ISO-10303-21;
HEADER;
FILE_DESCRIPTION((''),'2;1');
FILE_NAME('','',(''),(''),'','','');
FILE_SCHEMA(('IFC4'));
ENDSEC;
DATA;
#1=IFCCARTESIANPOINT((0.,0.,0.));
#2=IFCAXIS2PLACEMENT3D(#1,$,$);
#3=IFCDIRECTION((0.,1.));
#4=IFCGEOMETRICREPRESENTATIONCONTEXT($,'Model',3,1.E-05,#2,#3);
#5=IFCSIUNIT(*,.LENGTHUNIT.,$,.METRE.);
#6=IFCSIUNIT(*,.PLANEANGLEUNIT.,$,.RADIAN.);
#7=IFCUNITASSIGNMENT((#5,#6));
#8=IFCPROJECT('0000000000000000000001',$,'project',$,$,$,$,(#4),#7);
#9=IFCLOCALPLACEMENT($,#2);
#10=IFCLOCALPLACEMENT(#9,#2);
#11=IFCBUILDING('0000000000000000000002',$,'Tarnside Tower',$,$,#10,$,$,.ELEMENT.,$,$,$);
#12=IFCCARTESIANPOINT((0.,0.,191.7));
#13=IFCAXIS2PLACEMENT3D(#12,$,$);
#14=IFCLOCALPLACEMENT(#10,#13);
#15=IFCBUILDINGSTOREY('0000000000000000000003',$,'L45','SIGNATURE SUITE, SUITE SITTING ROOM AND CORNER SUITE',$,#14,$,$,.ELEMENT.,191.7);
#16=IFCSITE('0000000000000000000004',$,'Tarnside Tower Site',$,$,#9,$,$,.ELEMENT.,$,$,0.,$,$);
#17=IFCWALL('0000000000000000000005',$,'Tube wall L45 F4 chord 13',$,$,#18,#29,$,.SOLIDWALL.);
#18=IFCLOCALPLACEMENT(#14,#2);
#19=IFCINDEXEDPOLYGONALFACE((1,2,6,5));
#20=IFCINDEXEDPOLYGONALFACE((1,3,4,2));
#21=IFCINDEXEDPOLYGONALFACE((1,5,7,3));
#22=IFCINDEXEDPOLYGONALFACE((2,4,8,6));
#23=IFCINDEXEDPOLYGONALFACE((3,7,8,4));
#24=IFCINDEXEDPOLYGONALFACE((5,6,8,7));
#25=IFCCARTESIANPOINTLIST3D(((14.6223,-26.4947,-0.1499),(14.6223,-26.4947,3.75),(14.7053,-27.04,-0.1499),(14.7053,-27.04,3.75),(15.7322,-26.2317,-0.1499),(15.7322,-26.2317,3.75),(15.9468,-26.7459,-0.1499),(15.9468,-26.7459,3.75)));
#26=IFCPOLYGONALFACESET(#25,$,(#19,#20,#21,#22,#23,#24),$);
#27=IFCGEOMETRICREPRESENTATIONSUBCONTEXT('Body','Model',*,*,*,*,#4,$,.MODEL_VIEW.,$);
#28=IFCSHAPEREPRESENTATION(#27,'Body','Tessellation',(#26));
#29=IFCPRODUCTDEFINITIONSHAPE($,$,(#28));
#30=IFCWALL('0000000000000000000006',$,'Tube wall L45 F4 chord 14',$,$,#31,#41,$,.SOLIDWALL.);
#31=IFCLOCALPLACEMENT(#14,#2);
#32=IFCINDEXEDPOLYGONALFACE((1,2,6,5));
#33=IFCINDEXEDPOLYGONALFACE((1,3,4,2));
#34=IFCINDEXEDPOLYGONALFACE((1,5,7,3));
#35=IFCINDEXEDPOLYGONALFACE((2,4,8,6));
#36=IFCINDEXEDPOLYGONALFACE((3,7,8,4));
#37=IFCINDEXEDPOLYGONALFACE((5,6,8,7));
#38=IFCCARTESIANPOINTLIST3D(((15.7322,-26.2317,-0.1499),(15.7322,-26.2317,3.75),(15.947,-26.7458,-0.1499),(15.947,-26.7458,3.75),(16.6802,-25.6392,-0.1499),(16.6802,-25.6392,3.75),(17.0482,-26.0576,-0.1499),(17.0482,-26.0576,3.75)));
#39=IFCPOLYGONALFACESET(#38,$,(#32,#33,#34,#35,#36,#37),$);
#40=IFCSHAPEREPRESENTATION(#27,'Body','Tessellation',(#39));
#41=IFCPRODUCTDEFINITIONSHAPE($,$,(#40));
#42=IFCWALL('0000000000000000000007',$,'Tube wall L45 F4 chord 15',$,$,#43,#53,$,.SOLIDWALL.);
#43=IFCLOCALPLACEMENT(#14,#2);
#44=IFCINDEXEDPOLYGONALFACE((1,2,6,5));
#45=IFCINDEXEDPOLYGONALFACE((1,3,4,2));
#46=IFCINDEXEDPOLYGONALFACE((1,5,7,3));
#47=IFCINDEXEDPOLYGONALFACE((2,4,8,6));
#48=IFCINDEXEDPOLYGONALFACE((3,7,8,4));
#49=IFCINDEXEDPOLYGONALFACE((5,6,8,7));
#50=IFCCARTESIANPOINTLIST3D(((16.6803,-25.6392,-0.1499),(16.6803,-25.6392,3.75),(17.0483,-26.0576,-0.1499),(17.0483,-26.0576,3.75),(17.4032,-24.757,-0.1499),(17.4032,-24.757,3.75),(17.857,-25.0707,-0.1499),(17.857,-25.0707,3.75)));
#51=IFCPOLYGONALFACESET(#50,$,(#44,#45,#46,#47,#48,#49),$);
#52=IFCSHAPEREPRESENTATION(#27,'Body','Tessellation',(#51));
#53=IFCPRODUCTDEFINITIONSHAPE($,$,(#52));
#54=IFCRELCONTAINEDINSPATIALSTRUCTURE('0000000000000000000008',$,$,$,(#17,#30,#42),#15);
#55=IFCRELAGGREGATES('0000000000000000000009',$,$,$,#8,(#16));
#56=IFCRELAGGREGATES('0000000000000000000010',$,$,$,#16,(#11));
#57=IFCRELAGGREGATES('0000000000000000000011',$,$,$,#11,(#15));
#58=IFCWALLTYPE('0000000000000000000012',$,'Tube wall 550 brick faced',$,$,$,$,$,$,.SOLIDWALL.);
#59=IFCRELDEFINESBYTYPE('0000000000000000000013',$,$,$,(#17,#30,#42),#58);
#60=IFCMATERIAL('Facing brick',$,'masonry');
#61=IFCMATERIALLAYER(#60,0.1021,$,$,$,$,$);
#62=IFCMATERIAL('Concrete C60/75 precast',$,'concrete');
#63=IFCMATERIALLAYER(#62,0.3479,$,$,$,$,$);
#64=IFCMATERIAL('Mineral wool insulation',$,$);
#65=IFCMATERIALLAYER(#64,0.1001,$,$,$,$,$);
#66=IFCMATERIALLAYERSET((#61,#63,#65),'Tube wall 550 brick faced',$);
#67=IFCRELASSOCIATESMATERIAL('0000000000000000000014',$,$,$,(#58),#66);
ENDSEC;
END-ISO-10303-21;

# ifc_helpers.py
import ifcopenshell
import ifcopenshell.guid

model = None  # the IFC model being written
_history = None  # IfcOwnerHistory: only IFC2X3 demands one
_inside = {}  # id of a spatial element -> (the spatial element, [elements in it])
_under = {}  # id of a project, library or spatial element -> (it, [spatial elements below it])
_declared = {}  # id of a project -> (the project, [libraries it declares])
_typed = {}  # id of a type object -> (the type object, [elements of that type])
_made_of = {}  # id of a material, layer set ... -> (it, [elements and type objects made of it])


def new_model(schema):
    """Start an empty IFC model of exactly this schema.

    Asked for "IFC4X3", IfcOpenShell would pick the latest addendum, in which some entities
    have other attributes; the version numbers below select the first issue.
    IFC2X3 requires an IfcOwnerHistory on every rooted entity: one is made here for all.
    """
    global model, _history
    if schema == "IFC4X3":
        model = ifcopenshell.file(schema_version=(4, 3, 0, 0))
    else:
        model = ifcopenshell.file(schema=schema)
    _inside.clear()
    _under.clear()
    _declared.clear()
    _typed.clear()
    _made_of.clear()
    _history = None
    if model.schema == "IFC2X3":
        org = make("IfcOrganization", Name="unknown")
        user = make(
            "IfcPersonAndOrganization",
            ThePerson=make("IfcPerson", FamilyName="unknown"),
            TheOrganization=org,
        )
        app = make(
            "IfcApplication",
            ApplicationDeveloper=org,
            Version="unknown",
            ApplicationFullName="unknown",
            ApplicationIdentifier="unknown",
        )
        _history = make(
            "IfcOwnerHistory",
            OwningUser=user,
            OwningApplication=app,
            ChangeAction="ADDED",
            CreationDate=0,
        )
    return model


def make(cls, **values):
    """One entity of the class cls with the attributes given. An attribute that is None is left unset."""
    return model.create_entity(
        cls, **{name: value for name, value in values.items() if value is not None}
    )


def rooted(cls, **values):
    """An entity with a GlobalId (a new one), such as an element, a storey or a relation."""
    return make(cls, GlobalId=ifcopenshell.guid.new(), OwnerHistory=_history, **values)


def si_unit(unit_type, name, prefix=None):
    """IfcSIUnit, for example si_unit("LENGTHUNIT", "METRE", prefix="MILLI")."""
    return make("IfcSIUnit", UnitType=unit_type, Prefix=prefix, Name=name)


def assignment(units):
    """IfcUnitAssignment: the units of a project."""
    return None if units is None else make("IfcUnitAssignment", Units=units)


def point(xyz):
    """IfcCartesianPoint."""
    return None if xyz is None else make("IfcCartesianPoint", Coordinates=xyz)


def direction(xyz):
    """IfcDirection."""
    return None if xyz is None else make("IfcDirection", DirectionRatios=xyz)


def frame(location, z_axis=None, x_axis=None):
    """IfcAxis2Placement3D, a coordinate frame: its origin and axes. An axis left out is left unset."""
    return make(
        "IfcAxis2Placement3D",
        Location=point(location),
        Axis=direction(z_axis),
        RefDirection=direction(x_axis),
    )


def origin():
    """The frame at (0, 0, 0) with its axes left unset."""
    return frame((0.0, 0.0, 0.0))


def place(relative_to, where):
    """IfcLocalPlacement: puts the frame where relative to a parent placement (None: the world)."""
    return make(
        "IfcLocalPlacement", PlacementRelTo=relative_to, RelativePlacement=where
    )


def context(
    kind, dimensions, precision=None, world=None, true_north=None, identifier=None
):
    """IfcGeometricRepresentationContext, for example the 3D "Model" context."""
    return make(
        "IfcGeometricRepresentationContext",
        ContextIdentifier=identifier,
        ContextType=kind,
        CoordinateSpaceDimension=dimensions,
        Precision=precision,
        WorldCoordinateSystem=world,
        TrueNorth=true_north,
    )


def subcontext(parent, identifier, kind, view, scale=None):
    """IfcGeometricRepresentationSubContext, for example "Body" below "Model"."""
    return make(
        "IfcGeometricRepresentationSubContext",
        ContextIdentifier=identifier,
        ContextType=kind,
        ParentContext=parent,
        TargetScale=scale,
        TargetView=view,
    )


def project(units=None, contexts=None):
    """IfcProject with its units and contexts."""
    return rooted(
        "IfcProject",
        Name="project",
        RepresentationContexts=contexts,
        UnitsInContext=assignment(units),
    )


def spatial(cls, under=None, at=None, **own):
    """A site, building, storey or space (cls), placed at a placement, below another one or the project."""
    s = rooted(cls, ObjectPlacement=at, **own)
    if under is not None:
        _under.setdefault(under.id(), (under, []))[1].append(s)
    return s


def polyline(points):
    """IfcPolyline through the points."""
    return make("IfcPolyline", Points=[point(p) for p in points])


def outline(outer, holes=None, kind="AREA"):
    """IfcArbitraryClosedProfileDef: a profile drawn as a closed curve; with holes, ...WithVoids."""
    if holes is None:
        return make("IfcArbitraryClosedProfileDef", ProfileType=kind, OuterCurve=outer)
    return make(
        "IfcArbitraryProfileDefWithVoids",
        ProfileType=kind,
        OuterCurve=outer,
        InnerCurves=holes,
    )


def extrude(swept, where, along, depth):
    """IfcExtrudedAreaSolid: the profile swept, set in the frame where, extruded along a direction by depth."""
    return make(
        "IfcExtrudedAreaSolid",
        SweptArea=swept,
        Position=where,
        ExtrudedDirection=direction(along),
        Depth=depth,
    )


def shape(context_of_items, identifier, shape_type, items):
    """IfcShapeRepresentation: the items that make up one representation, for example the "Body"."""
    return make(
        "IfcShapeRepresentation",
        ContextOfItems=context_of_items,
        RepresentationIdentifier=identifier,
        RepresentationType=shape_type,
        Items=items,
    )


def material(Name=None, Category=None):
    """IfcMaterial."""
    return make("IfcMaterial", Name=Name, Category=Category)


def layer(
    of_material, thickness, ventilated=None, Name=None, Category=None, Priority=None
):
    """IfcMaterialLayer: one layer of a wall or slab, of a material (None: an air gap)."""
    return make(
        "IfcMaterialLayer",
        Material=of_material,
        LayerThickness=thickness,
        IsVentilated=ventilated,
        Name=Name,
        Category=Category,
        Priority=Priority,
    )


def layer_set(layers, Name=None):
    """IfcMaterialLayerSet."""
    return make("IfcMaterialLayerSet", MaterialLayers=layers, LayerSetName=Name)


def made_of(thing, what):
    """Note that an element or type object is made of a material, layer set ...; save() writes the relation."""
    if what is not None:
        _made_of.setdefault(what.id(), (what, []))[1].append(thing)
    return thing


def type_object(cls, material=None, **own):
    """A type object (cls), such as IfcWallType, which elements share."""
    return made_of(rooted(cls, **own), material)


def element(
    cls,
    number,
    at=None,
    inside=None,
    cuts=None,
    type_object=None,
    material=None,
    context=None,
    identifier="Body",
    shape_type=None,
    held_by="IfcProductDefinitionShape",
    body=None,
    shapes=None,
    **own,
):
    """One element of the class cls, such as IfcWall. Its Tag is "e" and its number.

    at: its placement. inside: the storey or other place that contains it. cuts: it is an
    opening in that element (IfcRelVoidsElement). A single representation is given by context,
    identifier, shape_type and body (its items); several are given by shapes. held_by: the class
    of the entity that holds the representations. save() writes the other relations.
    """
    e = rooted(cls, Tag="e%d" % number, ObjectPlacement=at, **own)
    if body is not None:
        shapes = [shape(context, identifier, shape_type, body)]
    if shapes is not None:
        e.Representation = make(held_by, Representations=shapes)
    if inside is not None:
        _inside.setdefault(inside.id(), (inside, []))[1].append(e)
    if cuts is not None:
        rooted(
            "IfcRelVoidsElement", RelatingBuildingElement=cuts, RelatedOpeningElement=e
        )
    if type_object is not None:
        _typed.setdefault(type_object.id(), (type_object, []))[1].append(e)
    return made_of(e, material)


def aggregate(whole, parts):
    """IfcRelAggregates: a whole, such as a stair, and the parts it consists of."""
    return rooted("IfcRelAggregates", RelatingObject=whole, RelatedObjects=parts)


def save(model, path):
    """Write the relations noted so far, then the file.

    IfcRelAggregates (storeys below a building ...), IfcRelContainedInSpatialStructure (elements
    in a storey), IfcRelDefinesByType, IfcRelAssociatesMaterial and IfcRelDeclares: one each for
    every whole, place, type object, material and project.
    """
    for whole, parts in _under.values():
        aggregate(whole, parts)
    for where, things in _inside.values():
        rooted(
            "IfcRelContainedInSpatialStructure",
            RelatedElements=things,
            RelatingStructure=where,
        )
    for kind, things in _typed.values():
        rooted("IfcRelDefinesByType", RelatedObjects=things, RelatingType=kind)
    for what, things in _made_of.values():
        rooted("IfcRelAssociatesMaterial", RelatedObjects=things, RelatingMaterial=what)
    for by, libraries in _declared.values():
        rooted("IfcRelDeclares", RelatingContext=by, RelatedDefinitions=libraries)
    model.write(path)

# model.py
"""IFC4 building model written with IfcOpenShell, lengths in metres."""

from ifc_helpers import new_model, si_unit, direction, frame, origin, place, context, subcontext, project, spatial, polyline, outline, extrude, material, layer, layer_set, type_object, element, save


model = new_model("IFC4")

# Units and contexts
model_context = context("Model", 3, precision=1e-05, world=origin(), true_north=direction((0.0, 1.0)))
body_context = subcontext(model_context, "Body", "Model", "MODEL_VIEW")
ifc_project = project(units=[si_unit("LENGTHUNIT", "METRE"), si_unit("PLANEANGLEUNIT", "RADIAN")], contexts=[model_context])

# Site, building, storey
site_placement = place(None, origin())
site = spatial("IfcSite", under=ifc_project, at=site_placement, Name="Tarnside Tower Site", CompositionType="ELEMENT", RefElevation=0.0)
building_placement = place(site_placement, origin())
building = spatial("IfcBuilding", under=site, at=building_placement, Name="Tarnside Tower", CompositionType="ELEMENT")
storey_placement = place(building_placement, frame((0.0, 0.0, 191.7)))
storey = spatial("IfcBuildingStorey", under=building, at=storey_placement, Name="L45", Description="SIGNATURE SUITE, SUITE SITTING ROOM AND CORNER SUITE", CompositionType="ELEMENT", Elevation=191.7)

# Walls
ifc_material_1 = material(Name="Facing brick", Category="masonry")
ifc_layer_1 = layer(ifc_material_1, 0.1021)
ifc_material_2 = material(Name="Concrete C60/75 precast", Category="concrete")
ifc_layer_2 = layer(ifc_material_2, 0.3479)
ifc_material_3 = material(Name="Mineral wool insulation")
ifc_layer_3 = layer(ifc_material_3, 0.1001)
ifc_layer_set_1 = layer_set([ifc_layer_1, ifc_layer_2, ifc_layer_3], Name="Tube wall 550 brick faced")
wall_type_1 = type_object("IfcWallType", Name="Tube wall 550 brick faced", PredefinedType="SOLIDWALL", material=ifc_layer_set_1)
wall_1_placement = place(storey_placement, frame((14.6638, -26.7673, -0.1499), z_axis=(0.0, 0.0, 1.0), x_axis=(0.973064, 0.230537, 0.0)))
element("IfcWall", 1, at=wall_1_placement, inside=storey, type_object=wall_type_1, Name="Tube wall L45 F4 chord 13", PredefinedType="SOLIDWALL", context=body_context, shape_type="SweptSolid", body=[
    extrude(outline(polyline([(-0.0225, -0.2749), (1.2534, -0.2749), (1.1631, 0.2749), (0.0225, 0.2749), (-0.0225, -0.2749)])), origin(), (0.0, 0.0, 1.0), 3.8999),
])
wall_2_placement = place(storey_placement, frame((15.8396, -26.4888, -0.1499), z_axis=(0.0, 0.0, 1.0), x_axis=(0.84801, 0.529981, 0.0)))
element("IfcWall", 2, at=wall_2_placement, inside=storey, type_object=wall_type_1, Name="Tube wall L45 F4 chord 14", PredefinedType="SOLIDWALL", context=body_context, shape_type="SweptSolid", body=[
    extrude(outline(polyline([(-0.0452, -0.2749), (1.2534, -0.2749), (1.1631, 0.2749), (0.0452, 0.2749), (-0.0452, -0.2749)])), origin(), (0.0, 0.0, 1.0), 3.8999),
])
wall_3_placement = place(storey_placement, frame((16.8643, -25.8484, -0.1499), z_axis=(0.0, 0.0, 1.0), x_axis=(0.633843, 0.773462, 0.0)))
element("IfcWall", 3, at=wall_3_placement, inside=storey, type_object=wall_type_1, Name="Tube wall L45 F4 chord 15", PredefinedType="SOLIDWALL", context=body_context, shape_type="SweptSolid", body=[
    extrude(outline(polyline([(-0.0452, -0.2749), (1.2307, -0.2749), (1.1858, 0.2749), (0.0452, 0.2749), (-0.0452, -0.2749)])), origin(), (0.0, 0.0, 1.0), 3.8999),
])

save(model, "model.ifc")
